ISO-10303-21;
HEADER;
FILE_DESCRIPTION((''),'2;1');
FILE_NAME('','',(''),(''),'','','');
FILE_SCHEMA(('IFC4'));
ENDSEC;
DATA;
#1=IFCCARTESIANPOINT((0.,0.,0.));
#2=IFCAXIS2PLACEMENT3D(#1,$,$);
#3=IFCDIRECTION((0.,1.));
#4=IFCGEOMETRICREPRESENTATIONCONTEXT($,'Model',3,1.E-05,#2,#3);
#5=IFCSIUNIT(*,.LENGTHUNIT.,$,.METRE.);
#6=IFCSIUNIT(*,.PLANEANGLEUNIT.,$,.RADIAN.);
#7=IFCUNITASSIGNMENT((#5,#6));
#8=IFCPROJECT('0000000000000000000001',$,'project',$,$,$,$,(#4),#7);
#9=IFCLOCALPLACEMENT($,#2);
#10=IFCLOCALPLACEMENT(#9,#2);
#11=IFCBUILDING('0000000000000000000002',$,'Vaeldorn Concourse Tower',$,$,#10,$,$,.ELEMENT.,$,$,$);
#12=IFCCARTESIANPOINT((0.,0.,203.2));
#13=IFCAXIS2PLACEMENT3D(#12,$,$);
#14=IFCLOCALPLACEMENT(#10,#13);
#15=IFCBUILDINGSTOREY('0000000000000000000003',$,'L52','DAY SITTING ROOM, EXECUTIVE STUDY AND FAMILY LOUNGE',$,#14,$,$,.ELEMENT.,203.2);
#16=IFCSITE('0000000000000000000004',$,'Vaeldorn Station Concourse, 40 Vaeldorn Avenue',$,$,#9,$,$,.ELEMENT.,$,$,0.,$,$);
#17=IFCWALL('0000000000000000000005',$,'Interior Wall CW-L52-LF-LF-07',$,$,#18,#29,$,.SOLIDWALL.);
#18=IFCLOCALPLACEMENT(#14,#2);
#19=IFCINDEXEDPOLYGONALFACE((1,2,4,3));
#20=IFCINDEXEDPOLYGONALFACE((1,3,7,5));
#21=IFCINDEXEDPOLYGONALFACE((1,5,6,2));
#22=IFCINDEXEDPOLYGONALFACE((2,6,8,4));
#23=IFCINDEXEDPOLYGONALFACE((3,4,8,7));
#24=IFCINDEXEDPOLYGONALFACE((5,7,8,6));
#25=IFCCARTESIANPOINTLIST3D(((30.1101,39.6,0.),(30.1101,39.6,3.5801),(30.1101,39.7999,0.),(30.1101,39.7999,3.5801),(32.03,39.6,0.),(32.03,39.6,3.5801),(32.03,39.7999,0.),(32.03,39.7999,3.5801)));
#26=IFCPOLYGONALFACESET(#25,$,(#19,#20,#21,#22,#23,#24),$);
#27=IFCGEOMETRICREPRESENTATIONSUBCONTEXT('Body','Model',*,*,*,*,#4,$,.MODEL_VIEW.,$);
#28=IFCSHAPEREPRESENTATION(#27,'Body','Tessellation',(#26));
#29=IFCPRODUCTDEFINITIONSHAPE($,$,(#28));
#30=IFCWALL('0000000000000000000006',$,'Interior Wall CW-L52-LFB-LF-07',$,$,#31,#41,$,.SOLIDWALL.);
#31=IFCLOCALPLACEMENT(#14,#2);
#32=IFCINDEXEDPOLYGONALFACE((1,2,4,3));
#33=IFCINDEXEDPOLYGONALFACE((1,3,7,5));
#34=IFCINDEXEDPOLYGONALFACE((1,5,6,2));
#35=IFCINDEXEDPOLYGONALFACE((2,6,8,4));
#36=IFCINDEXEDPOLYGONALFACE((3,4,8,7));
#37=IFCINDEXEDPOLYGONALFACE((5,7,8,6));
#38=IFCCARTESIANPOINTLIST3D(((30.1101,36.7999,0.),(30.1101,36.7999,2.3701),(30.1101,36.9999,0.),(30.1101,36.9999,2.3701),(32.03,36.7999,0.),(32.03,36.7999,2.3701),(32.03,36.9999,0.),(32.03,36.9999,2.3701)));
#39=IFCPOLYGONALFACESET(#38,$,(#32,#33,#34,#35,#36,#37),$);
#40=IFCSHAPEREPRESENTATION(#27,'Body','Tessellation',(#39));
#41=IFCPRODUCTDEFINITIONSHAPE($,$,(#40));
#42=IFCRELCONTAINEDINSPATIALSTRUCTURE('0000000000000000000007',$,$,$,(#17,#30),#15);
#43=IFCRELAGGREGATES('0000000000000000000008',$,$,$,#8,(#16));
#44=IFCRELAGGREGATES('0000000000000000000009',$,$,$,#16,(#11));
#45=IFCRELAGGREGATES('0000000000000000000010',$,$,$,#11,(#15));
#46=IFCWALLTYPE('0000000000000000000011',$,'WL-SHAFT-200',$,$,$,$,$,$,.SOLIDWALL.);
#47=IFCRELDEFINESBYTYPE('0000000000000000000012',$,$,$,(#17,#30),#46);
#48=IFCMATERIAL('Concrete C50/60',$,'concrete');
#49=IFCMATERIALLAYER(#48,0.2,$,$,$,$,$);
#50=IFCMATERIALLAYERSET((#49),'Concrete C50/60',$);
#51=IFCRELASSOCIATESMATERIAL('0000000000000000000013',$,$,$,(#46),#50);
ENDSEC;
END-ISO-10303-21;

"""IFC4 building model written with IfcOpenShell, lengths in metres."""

from ifc_helpers import new_model, si_unit, direction, frame, frame_2d, origin, place, context, subcontext, project, spatial, rectangle, extrude, material, layer, layer_set, type_object, element, save


model = new_model("IFC4")

# Units and contexts
model_context = context("Model", 3, precision=1e-05, world=origin(), true_north=direction((0.0, 1.0)))
body_context = subcontext(model_context, "Body", "Model", "MODEL_VIEW")
ifc_project = project(units=[si_unit("LENGTHUNIT", "METRE"), si_unit("PLANEANGLEUNIT", "RADIAN")], contexts=[model_context])

# Site, building, storey
site_placement = place(None, origin())
site = spatial("IfcSite", under=ifc_project, at=site_placement, Name="Vaeldorn Station Concourse, 40 Vaeldorn Avenue", CompositionType="ELEMENT", RefElevation=0.0)
building_placement = place(site_placement, origin())
building = spatial("IfcBuilding", under=site, at=building_placement, Name="Vaeldorn Concourse Tower", CompositionType="ELEMENT")
storey_placement = place(building_placement, frame((0.0, 0.0, 203.2)))
storey = spatial("IfcBuildingStorey", under=building, at=storey_placement, Name="L52", Description="DAY SITTING ROOM, EXECUTIVE STUDY AND FAMILY LOUNGE", CompositionType="ELEMENT", Elevation=203.2)

# Shared definitions
ifc_material_1 = material(Name="Concrete C50/60", Category="concrete")

# Shared definitions
ifc_layer_1 = layer(ifc_material_1, 0.2)
ifc_layer_set_1 = layer_set([ifc_layer_1], Name="Concrete C50/60")
wall_type_1 = type_object("IfcWallType", Name="WL-SHAFT-200", PredefinedType="SOLIDWALL", material=ifc_layer_set_1)

# Walls
wall_1_placement = place(storey_placement, frame((30.1101, 39.7, 0.0), z_axis=(0.0, 0.0, 1.0), x_axis=(1.0, 0.0, 0.0)))
element("IfcWall", 1, at=wall_1_placement, inside=storey, type_object=wall_type_1, Name="Interior Wall CW-L52-LF-LF-07", PredefinedType="SOLIDWALL", context=body_context, shape_type="SweptSolid", body=[
    extrude(rectangle(XDim=1.9199, YDim=0.2, at=frame_2d((0.96, 0.0))), origin(), (0.0, 0.0, 1.0), 3.5801),
])
wall_2_placement = place(storey_placement, frame((30.1101, 36.8999, 0.0), z_axis=(0.0, 0.0, 1.0), x_axis=(1.0, 0.0, 0.0)))
element("IfcWall", 2, at=wall_2_placement, inside=storey, type_object=wall_type_1, Name="Interior Wall CW-L52-LFB-LF-07", PredefinedType="SOLIDWALL", context=body_context, shape_type="SweptSolid", body=[
    extrude(rectangle(XDim=1.9199, YDim=0.2, at=frame_2d((0.96, 0.0))), origin(), (0.0, 0.0, 1.0), 2.3701),
])

save(model, "model.ifc")
